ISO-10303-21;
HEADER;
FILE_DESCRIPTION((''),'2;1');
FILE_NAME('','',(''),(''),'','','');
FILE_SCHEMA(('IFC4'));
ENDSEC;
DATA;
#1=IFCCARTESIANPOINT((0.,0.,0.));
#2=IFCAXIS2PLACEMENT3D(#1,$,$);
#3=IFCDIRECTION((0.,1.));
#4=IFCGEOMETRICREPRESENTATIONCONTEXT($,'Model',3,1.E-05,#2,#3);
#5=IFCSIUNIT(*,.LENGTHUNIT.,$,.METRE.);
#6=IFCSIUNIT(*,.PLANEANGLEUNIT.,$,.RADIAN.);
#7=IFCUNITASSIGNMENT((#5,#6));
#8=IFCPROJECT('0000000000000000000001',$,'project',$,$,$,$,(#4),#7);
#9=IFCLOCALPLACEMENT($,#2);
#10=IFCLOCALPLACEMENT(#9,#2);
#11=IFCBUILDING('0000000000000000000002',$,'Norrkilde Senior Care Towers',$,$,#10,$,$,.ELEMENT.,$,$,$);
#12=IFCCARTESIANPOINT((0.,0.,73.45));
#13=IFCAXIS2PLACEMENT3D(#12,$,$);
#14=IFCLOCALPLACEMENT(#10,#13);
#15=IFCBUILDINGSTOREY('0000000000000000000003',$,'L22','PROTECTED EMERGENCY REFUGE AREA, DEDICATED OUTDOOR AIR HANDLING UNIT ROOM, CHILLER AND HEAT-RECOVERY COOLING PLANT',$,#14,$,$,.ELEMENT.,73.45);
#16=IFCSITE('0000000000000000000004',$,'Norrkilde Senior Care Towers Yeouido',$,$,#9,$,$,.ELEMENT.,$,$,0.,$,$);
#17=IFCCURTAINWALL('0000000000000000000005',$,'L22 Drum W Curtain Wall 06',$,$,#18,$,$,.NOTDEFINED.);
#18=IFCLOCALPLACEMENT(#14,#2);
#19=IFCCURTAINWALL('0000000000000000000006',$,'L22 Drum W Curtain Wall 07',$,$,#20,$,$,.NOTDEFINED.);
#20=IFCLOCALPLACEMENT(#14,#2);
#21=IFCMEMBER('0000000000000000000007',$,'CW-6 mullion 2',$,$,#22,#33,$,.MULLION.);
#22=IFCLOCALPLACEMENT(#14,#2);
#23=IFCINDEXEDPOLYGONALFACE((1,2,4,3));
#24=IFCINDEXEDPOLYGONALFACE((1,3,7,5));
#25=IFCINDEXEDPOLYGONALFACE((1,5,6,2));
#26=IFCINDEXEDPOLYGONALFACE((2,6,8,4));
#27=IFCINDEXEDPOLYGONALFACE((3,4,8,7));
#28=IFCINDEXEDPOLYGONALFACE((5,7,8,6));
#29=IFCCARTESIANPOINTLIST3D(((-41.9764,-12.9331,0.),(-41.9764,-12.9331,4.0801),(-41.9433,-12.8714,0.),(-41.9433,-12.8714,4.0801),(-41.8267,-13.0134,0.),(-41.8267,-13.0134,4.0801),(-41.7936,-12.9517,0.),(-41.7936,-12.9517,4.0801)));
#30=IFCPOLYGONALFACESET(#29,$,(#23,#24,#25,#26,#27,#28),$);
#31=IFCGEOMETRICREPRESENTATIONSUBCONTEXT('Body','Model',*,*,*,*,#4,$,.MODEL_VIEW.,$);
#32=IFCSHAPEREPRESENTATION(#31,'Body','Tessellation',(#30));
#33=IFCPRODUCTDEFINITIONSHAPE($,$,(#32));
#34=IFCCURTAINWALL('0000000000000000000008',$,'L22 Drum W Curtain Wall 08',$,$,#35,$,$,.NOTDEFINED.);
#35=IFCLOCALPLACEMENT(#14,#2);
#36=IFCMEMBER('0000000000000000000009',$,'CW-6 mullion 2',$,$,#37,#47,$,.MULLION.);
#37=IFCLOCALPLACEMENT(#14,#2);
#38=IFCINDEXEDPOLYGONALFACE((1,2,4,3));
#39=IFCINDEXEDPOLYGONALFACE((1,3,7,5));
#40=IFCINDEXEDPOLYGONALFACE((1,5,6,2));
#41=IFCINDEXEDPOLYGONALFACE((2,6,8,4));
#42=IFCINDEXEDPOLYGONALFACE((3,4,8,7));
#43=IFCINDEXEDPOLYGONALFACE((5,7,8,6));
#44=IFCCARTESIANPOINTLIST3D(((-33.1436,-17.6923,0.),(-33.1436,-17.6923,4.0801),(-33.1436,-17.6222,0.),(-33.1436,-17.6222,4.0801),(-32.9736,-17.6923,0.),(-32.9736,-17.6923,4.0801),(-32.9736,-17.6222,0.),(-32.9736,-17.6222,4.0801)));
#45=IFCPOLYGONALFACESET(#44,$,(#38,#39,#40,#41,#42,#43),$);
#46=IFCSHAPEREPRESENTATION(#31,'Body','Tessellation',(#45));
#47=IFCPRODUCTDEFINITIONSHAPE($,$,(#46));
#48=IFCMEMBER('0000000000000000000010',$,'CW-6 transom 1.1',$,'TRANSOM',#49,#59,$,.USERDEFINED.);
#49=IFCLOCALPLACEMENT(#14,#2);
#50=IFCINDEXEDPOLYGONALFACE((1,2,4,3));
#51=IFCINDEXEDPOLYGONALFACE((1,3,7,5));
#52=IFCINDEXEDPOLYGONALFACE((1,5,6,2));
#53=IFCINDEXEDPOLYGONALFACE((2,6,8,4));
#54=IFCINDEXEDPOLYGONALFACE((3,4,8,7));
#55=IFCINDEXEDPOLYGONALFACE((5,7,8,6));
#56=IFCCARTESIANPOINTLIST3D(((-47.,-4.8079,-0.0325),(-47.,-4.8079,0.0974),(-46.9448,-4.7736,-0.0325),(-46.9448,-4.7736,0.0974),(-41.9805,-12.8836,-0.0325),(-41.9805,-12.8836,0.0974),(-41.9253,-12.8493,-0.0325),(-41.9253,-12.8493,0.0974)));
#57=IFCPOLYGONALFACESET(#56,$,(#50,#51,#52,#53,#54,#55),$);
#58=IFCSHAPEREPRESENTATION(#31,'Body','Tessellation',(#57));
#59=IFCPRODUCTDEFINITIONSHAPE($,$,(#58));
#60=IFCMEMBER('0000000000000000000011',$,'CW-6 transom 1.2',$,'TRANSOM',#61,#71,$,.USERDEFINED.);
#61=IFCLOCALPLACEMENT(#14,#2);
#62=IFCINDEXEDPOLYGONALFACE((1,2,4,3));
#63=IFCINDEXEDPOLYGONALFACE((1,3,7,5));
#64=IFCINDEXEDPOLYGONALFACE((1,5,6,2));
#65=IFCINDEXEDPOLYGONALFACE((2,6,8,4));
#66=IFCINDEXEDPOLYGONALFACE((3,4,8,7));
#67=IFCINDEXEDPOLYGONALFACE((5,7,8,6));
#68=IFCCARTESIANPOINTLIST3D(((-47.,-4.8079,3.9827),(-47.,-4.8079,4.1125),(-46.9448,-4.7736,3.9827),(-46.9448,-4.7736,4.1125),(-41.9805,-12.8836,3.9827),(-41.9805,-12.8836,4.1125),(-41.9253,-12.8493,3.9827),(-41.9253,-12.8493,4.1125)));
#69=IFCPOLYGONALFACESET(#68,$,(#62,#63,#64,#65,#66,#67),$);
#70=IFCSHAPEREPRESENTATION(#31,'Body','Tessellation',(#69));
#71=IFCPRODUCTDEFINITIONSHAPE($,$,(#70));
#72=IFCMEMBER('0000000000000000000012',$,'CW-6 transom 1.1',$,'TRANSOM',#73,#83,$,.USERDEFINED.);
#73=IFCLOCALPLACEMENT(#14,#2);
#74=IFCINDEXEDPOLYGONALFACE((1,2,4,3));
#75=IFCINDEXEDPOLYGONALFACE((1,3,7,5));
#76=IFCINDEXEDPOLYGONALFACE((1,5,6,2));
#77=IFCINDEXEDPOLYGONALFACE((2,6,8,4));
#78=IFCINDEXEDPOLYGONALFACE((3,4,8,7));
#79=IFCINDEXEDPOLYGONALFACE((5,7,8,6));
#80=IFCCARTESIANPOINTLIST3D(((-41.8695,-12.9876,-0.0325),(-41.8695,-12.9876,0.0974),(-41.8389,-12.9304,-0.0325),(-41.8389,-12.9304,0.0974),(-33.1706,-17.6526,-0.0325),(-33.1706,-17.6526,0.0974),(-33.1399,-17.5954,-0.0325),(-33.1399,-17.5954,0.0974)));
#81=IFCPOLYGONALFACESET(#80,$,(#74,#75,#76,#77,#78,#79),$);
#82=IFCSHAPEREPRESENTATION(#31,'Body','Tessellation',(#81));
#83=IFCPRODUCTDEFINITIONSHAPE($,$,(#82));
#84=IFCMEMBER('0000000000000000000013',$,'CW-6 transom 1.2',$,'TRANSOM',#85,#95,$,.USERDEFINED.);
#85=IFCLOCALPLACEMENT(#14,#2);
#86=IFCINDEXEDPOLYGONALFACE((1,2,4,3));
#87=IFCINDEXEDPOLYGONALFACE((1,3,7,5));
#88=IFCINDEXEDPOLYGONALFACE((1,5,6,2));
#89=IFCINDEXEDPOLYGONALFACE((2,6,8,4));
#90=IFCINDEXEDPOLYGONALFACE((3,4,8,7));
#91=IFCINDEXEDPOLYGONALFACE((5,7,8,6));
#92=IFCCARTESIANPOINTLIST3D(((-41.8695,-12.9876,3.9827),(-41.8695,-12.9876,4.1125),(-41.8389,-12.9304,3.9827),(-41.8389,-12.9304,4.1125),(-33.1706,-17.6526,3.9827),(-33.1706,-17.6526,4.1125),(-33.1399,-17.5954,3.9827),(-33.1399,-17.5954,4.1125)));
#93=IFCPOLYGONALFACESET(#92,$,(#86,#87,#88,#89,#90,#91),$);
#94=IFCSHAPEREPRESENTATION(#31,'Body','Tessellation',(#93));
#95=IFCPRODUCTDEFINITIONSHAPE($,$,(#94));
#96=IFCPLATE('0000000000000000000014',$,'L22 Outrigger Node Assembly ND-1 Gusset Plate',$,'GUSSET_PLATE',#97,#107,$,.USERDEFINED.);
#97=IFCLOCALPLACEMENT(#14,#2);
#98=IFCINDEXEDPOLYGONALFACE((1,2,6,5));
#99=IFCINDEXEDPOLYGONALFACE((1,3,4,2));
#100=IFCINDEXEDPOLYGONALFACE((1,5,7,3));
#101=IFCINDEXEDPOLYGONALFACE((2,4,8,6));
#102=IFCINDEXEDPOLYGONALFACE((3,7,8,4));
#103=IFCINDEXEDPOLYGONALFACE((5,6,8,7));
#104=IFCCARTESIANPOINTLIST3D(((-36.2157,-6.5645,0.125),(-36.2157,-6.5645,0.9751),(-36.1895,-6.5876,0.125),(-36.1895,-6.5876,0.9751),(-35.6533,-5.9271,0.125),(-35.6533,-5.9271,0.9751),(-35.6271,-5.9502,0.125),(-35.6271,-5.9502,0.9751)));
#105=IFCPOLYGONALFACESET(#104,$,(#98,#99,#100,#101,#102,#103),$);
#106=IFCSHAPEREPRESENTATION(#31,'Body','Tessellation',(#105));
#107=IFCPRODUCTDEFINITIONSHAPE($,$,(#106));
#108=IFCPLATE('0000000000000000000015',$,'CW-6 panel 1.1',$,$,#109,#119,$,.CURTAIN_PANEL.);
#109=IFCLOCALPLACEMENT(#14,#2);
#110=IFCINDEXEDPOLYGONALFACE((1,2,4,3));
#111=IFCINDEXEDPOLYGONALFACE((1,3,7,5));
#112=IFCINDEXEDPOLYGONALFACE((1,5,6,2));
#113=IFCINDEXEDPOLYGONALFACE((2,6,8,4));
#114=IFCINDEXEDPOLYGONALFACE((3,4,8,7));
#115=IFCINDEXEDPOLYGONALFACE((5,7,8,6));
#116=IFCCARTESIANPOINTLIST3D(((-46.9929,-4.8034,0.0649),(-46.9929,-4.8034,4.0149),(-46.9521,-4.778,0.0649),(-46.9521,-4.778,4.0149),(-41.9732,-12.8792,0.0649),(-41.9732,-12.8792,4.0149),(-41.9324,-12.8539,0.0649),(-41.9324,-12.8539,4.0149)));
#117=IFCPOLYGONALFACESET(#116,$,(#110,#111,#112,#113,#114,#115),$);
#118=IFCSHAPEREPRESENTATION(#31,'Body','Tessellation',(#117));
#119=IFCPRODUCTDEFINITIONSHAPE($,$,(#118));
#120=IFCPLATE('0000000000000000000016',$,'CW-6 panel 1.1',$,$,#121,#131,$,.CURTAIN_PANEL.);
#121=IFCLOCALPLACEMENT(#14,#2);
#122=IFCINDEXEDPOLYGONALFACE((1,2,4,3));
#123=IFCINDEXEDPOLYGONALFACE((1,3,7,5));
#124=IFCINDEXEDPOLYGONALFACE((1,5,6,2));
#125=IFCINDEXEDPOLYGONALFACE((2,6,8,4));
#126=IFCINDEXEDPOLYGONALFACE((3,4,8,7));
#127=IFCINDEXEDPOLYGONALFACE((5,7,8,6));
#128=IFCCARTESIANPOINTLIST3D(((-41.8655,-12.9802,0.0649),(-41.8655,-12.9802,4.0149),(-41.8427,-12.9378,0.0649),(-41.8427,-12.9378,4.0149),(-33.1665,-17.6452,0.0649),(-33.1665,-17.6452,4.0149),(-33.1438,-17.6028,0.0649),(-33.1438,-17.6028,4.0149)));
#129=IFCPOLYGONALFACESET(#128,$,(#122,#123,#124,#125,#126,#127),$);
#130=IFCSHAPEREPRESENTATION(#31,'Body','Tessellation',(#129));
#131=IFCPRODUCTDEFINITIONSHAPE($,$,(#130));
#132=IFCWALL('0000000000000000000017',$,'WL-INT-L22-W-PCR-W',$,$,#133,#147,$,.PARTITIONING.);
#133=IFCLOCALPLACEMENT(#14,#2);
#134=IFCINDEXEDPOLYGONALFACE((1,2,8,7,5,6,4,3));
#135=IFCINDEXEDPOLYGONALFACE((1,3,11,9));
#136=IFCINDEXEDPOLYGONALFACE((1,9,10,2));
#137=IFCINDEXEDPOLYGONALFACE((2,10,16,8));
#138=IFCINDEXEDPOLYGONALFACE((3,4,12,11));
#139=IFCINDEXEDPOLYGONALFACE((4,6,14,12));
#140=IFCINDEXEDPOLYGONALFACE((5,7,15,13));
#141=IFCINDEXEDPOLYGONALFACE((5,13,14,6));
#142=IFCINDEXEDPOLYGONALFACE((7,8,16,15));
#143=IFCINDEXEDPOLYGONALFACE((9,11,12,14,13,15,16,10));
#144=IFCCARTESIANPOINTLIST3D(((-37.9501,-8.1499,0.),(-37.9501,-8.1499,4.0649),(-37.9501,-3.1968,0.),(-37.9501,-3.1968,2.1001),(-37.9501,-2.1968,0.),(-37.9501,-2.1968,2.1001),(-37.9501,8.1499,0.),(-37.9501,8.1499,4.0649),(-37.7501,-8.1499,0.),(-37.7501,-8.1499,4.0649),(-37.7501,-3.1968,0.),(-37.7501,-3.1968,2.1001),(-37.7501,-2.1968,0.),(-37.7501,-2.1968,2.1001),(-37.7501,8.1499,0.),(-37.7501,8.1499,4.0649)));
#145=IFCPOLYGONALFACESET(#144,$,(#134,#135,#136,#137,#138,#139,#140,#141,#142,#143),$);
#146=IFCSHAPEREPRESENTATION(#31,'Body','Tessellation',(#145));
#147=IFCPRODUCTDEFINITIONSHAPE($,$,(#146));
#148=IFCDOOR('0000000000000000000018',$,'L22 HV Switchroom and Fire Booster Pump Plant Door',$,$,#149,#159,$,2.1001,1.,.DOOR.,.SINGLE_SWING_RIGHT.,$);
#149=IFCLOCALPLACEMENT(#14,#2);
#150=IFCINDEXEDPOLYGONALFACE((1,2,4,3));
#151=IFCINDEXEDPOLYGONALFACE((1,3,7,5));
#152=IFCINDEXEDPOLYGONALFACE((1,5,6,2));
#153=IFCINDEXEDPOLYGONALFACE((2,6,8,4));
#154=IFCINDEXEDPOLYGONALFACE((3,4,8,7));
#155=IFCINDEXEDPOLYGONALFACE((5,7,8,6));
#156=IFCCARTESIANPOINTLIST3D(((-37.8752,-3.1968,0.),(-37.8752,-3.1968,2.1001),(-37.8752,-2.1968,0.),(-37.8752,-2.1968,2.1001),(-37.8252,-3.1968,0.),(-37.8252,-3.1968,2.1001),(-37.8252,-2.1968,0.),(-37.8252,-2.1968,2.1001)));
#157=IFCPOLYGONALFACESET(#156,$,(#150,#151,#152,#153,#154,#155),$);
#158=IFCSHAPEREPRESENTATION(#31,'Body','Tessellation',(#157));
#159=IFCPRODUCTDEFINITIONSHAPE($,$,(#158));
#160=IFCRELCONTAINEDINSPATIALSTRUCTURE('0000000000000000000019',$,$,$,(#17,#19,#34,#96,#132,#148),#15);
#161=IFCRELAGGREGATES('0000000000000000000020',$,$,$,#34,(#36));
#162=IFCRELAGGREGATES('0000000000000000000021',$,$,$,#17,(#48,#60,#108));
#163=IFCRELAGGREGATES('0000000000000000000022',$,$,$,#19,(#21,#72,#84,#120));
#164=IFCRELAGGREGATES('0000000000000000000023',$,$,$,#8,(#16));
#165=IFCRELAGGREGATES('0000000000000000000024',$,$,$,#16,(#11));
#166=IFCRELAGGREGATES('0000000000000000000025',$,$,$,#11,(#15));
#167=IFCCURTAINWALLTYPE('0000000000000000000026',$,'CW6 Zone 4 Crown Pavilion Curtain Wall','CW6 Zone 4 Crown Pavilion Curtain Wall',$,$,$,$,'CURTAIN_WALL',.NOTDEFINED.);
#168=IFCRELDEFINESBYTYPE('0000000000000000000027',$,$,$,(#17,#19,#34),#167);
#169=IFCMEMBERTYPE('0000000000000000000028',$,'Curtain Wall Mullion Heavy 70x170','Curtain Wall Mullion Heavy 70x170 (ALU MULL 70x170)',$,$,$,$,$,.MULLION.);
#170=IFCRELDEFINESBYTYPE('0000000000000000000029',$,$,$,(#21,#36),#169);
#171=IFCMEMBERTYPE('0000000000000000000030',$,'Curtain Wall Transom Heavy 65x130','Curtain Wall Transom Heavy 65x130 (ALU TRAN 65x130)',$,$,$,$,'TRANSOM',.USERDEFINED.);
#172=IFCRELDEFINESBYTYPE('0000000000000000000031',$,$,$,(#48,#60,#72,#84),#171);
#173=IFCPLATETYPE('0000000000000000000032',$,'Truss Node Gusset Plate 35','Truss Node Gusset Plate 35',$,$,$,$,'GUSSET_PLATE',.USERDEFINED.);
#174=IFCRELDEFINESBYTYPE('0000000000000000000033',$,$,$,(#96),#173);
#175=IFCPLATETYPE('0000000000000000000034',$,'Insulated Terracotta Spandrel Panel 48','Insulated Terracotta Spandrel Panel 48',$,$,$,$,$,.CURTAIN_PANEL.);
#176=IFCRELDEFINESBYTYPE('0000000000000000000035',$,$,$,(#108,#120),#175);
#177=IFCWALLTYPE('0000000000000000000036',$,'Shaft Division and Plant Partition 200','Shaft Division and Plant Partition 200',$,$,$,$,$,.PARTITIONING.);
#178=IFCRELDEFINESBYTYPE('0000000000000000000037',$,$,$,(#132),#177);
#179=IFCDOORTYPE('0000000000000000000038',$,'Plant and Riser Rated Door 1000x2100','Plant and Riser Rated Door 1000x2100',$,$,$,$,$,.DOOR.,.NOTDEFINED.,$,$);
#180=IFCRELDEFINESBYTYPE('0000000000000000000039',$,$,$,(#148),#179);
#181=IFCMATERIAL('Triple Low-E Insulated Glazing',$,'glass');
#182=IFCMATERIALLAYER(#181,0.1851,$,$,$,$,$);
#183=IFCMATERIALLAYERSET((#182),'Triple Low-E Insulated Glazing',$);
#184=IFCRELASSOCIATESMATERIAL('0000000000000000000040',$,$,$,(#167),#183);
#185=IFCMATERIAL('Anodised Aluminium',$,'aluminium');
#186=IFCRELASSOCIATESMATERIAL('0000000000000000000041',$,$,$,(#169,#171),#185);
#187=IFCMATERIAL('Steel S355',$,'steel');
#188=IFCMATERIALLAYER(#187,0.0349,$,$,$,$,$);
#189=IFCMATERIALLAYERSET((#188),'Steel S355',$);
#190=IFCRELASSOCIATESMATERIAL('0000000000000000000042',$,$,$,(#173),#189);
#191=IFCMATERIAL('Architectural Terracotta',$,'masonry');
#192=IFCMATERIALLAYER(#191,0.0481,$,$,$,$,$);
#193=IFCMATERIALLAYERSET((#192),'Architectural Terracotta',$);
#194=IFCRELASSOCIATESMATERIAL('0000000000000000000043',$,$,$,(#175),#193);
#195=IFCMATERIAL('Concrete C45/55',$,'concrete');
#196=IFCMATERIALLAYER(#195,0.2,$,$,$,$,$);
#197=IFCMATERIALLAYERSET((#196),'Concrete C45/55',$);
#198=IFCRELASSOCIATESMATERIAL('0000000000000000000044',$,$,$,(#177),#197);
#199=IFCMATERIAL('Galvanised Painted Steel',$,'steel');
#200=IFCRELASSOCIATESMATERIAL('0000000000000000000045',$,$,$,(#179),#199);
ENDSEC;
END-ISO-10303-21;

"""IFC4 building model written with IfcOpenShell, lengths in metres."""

from ifc_helpers import new_model, si_unit, direction, frame, frame_2d, origin, origin_2d, place, context, subcontext, project, spatial, rectangle, extrude, source, transform, mapped, material, layer, layer_set, material_profile, profile_set, type_object, type_shapes, element, fill, aggregate, save


model = new_model("IFC4")

# Units and contexts
model_context = context("Model", 3, precision=1e-05, world=origin(), true_north=direction((0.0, 1.0)))
body_context = subcontext(model_context, "Body", "Model", "MODEL_VIEW")
ifc_project = project(units=[si_unit("LENGTHUNIT", "METRE"), si_unit("PLANEANGLEUNIT", "RADIAN")], contexts=[model_context])

# Site, building, storey
site_placement = place(None, origin())
site = spatial("IfcSite", under=ifc_project, at=site_placement, Name="Norrkilde Senior Care Towers Yeouido", CompositionType="ELEMENT", RefElevation=0.0)
building_placement = place(site_placement, origin())
building = spatial("IfcBuilding", under=site, at=building_placement, Name="Norrkilde Senior Care Towers", CompositionType="ELEMENT")
storey_placement = place(building_placement, frame((0.0, 0.0, 73.45)))
storey = spatial("IfcBuildingStorey", under=building, at=storey_placement, Name="L22", Description="PROTECTED EMERGENCY REFUGE AREA, DEDICATED OUTDOOR AIR HANDLING UNIT ROOM, CHILLER AND HEAT-RECOVERY COOLING PLANT", CompositionType="ELEMENT", Elevation=73.45)

# Shared definitions
ifc_material_1 = material(Name="Steel S355", Category="steel")

# Curtain wall
ifc_material_2 = material(Name="Triple Low-E Insulated Glazing", Category="glass")
ifc_layer_1 = layer(ifc_material_2, 0.1851)
ifc_layer_set_1 = layer_set([ifc_layer_1], Name="Triple Low-E Insulated Glazing")
curtain_wall_type = type_object("IfcCurtainWallType", Name="CW6 Zone 4 Crown Pavilion Curtain Wall", Description="CW6 Zone 4 Crown Pavilion Curtain Wall", ElementType="CURTAIN_WALL", PredefinedType="NOTDEFINED", material=ifc_layer_set_1)
curtain_wall_1_placement = place(storey_placement, origin())
curtain_wall_1 = element("IfcCurtainWall", 1, at=curtain_wall_1_placement, inside=storey, type_object=curtain_wall_type, Name="L22 Drum W Curtain Wall 06", PredefinedType="NOTDEFINED")
ifc_material_3 = material(Name="Anodised Aluminium", Category="aluminium")
ifc_material_profile_1 = material_profile(ifc_material_3, rectangle(XDim=0.0701, YDim=0.1699, at=origin_2d()), Name="ALU MULL 70x170")
ifc_profile_set_1 = profile_set([ifc_material_profile_1], Name="Anodised Aluminium")
member_type_1 = type_object("IfcMemberType", Name="Curtain Wall Mullion Heavy 70x170", Description="Curtain Wall Mullion Heavy 70x170 (ALU MULL 70x170)", PredefinedType="MULLION", material=ifc_profile_set_1)
shared_shape_1 = source(origin(), body_context, "Body", "SweptSolid", [
    extrude(rectangle(XDim=0.0701, YDim=0.1699, at=origin_2d()), origin(), (0.0, 0.0, 1.0), 4.0801),
])
type_shapes(member_type_1, [shared_shape_1])

# Curtain wall, member
curtain_wall_2_placement = place(storey_placement, origin())
curtain_wall_2 = element("IfcCurtainWall", 2, at=curtain_wall_2_placement, inside=storey, type_object=curtain_wall_type, Name="L22 Drum W Curtain Wall 07", PredefinedType="NOTDEFINED")
member_1_placement = place(storey_placement, frame((-41.885, -12.9424, 0.0), z_axis=(0.0, 0.0, 1.0), x_axis=(-0.472608, -0.881273, 0.0)))
member_1 = element("IfcMember", 3, at=member_1_placement, type_object=member_type_1, Name="CW-6 mullion 2", PredefinedType="MULLION", context=body_context, shape_type="MappedRepresentation", body=[
    mapped(shared_shape_1, transform((0.0, 0.0, 0.0), x_axis=(1.0, 0.0, 0.0), y_axis=(0.0, 1.0, 0.0), z_axis=(0.0, 0.0, 1.0), scale=1.0)),
])

# Curtain wall, member
curtain_wall_3_placement = place(storey_placement, origin())
curtain_wall_3 = element("IfcCurtainWall", 4, at=curtain_wall_3_placement, inside=storey, type_object=curtain_wall_type, Name="L22 Drum W Curtain Wall 08", PredefinedType="NOTDEFINED")
member_2_placement = place(storey_placement, frame((-33.0586, -17.6572, 0.0), z_axis=(0.0, 0.0, 1.0), x_axis=(0.0, -1.0, 0.0)))
member_2 = element("IfcMember", 5, at=member_2_placement, type_object=member_type_1, Name="CW-6 mullion 2", PredefinedType="MULLION", context=body_context, shape_type="MappedRepresentation", body=[
    mapped(shared_shape_1, transform((0.0, 0.0, 0.0), x_axis=(1.0, 0.0, 0.0), y_axis=(0.0, 1.0, 0.0), z_axis=(0.0, 0.0, 1.0), scale=1.0)),
])
aggregate(curtain_wall_3, [member_2])

# Members
ifc_material_profile_2 = material_profile(ifc_material_3, rectangle(XDim=0.0649, YDim=0.1299, at=origin_2d()), Name="ALU TRAN 65x130")
ifc_profile_set_2 = profile_set([ifc_material_profile_2], Name="Anodised Aluminium")
member_type_2 = type_object("IfcMemberType", Name="Curtain Wall Transom Heavy 65x130", Description="Curtain Wall Transom Heavy 65x130 (ALU TRAN 65x130)", ElementType="TRANSOM", PredefinedType="USERDEFINED", material=ifc_profile_set_2)
shared_shape_2 = source(origin(), body_context, "Body", "SweptSolid", [
    extrude(rectangle(XDim=0.0649, YDim=0.1299, at=origin_2d()), origin(), (0.0, 0.0, 1.0), 9.5085),
])
member_3_placement = place(storey_placement, frame((-41.9529, -12.8665, 0.0325), z_axis=(-0.527897, 0.849308, 0.0), x_axis=(-0.849308, -0.527897, 0.0)))
member_3 = element("IfcMember", 6, at=member_3_placement, type_object=member_type_2, Name="CW-6 transom 1.1", ObjectType="TRANSOM", PredefinedType="USERDEFINED", context=body_context, shape_type="MappedRepresentation", body=[
    mapped(shared_shape_2, transform((0.0, 0.0, 0.0), x_axis=(1.0, 0.0, 0.0), y_axis=(0.0, 1.0, 0.0), z_axis=(0.0, 0.0, 1.0), scale=1.0)),
])
member_4_placement = place(storey_placement, frame((-41.9529, -12.8665, 4.0476), z_axis=(-0.527897, 0.849308, 0.0), x_axis=(-0.849308, -0.527897, 0.0)))
member_4 = element("IfcMember", 7, at=member_4_placement, type_object=member_type_2, Name="CW-6 transom 1.2", ObjectType="TRANSOM", PredefinedType="USERDEFINED", context=body_context, shape_type="MappedRepresentation", body=[
    mapped(shared_shape_2, transform((0.0, 0.0, 0.0), x_axis=(1.0, 0.0, 0.0), y_axis=(0.0, 1.0, 0.0), z_axis=(0.0, 0.0, 1.0), scale=1.0)),
])
shared_shape_3 = source(origin(), body_context, "Body", "SweptSolid", [
    extrude(rectangle(XDim=0.0649, YDim=0.1299, at=origin_2d()), origin(), (0.0, 0.0, 1.0), 9.8708),
])
type_shapes(member_type_2, [shared_shape_2, shared_shape_3])
member_5_placement = place(storey_placement, frame((-33.1553, -17.624, 0.0325), z_axis=(-0.881274, 0.472605, 0.0), x_axis=(-0.472605, -0.881274, 0.0)))
member_5 = element("IfcMember", 8, at=member_5_placement, type_object=member_type_2, Name="CW-6 transom 1.1", ObjectType="TRANSOM", PredefinedType="USERDEFINED", context=body_context, shape_type="MappedRepresentation", body=[
    mapped(shared_shape_3, transform((0.0, 0.0, 0.0), x_axis=(1.0, 0.0, 0.0), y_axis=(0.0, 1.0, 0.0), z_axis=(0.0, 0.0, 1.0), scale=1.0)),
])
member_6_placement = place(storey_placement, frame((-33.1553, -17.624, 4.0476), z_axis=(-0.881274, 0.472605, 0.0), x_axis=(-0.472605, -0.881274, 0.0)))
member_6 = element("IfcMember", 9, at=member_6_placement, type_object=member_type_2, Name="CW-6 transom 1.2", ObjectType="TRANSOM", PredefinedType="USERDEFINED", context=body_context, shape_type="MappedRepresentation", body=[
    mapped(shared_shape_3, transform((0.0, 0.0, 0.0), x_axis=(1.0, 0.0, 0.0), y_axis=(0.0, 1.0, 0.0), z_axis=(0.0, 0.0, 1.0), scale=1.0)),
])

# Plates
ifc_layer_2 = layer(ifc_material_1, 0.0349)
ifc_layer_set_2 = layer_set([ifc_layer_2], Name="Steel S355")
plate_type_1 = type_object("IfcPlateType", Name="Truss Node Gusset Plate 35", Description="Truss Node Gusset Plate 35", ElementType="GUSSET_PLATE", PredefinedType="USERDEFINED", material=ifc_layer_set_2)
shared_shape_4 = source(origin(), body_context, "Body", "SweptSolid", [
    extrude(rectangle(XDim=0.8501, YDim=0.0349, at=origin_2d()), origin(), (0.0, 0.0, 1.0), 0.8501),
])
type_shapes(plate_type_1, [shared_shape_4])
plate_1_placement = place(storey_placement, frame((-35.9214, -6.2573, 0.125), z_axis=(0.0, 0.0, 1.0), x_axis=(-0.661622, -0.749838, 0.0)))
element("IfcPlate", 10, at=plate_1_placement, inside=storey, type_object=plate_type_1, Name="L22 Outrigger Node Assembly ND-1 Gusset Plate", ObjectType="GUSSET_PLATE", PredefinedType="USERDEFINED", context=body_context, shape_type="MappedRepresentation", body=[
    mapped(shared_shape_4, transform((0.0, 0.0, 0.0), x_axis=(1.0, 0.0, 0.0), y_axis=(0.0, 1.0, 0.0), z_axis=(0.0, 0.0, 1.0), scale=1.0)),
])
ifc_material_4 = material(Name="Architectural Terracotta", Category="masonry")
ifc_layer_3 = layer(ifc_material_4, 0.0481)
ifc_layer_set_3 = layer_set([ifc_layer_3], Name="Architectural Terracotta")
plate_type_2 = type_object("IfcPlateType", Name="Insulated Terracotta Spandrel Panel 48", Description="Insulated Terracotta Spandrel Panel 48", PredefinedType="CURTAIN_PANEL", material=ifc_layer_set_3)
shared_shape_5 = source(origin(), body_context, "Body", "SweptSolid", [
    extrude(rectangle(XDim=9.5088, YDim=0.0481, at=origin_2d()), origin(), (0.0, 0.0, 1.0), 3.95),
])
plate_2_placement = place(storey_placement, frame((-44.4626, -8.8286, 0.0649), z_axis=(0.0, 0.0, 1.0), x_axis=(-0.527901, 0.849306, 0.0)))
plate_2 = element("IfcPlate", 11, at=plate_2_placement, type_object=plate_type_2, Name="CW-6 panel 1.1", PredefinedType="CURTAIN_PANEL", context=body_context, shape_type="MappedRepresentation", body=[
    mapped(shared_shape_5, transform((0.0, 0.0, 0.0), x_axis=(1.0, 0.0, 0.0), y_axis=(0.0, 1.0, 0.0), z_axis=(0.0, 0.0, 1.0), scale=1.0)),
])
aggregate(curtain_wall_1, [member_3, member_4, plate_2])
shared_shape_6 = source(origin(), body_context, "Body", "SweptSolid", [
    extrude(rectangle(XDim=9.8708, YDim=0.0481, at=origin_2d()), origin(), (0.0, 0.0, 1.0), 3.95),
])
type_shapes(plate_type_2, [shared_shape_5, shared_shape_6])
plate_3_placement = place(storey_placement, frame((-37.5046, -15.2915, 0.0649), z_axis=(0.0, 0.0, 1.0), x_axis=(-0.881273, 0.472608, 0.0)))
plate_3 = element("IfcPlate", 12, at=plate_3_placement, type_object=plate_type_2, Name="CW-6 panel 1.1", PredefinedType="CURTAIN_PANEL", context=body_context, shape_type="MappedRepresentation", body=[
    mapped(shared_shape_6, transform((0.0, 0.0, 0.0), x_axis=(1.0, 0.0, 0.0), y_axis=(0.0, 1.0, 0.0), z_axis=(0.0, 0.0, 1.0), scale=1.0)),
])
aggregate(curtain_wall_2, [member_1, member_5, member_6, plate_3])

# Wall, opening, door
ifc_material_5 = material(Name="Concrete C45/55", Category="concrete")
ifc_layer_4 = layer(ifc_material_5, 0.2)
ifc_layer_set_4 = layer_set([ifc_layer_4], Name="Concrete C45/55")
wall_type = type_object("IfcWallType", Name="Shaft Division and Plant Partition 200", Description="Shaft Division and Plant Partition 200", PredefinedType="PARTITIONING", material=ifc_layer_set_4)
shared_shape_7 = source(origin(), body_context, "Body", "SweptSolid", [
    extrude(rectangle(XDim=16.2998, YDim=0.2, at=frame_2d((8.1499, 0.0))), origin(), (0.0, 0.0, 1.0), 4.0649),
])
wall_1_placement = place(storey_placement, frame((-37.8501, -8.1499, 0.0), z_axis=(0.0, 0.0, 1.0), x_axis=(0.0, 1.0, 0.0)))
wall_1 = element("IfcWall", 13, at=wall_1_placement, inside=storey, type_object=wall_type, Name="WL-INT-L22-W-PCR-W", PredefinedType="PARTITIONING", context=body_context, shape_type="MappedRepresentation", body=[
    mapped(shared_shape_7, transform((0.0, 0.0, 0.0), x_axis=(1.0, 0.0, 0.0), y_axis=(0.0, 1.0, 0.0), z_axis=(0.0, 0.0, 1.0), scale=1.0)),
])
opening_placement = place(wall_1_placement, frame((4.9531, 0.0, 0.0)))
opening = element("IfcOpeningElement", 14, at=opening_placement, cuts=wall_1, PredefinedType="OPENING", context=body_context, shape_type="SweptSolid", body=[
    extrude(rectangle(XDim=1.0, YDim=2.1001, at=frame_2d((0.5, 1.05))), frame((0.0, 0.1099, 0.0), z_axis=(0.0, -1.0, 0.0), x_axis=(1.0, 0.0, 0.0)), (0.0, 0.0, 1.0), 0.22),
])
ifc_material_6 = material(Name="Galvanised Painted Steel", Category="steel")
door_type = type_object("IfcDoorType", Name="Plant and Riser Rated Door 1000x2100", Description="Plant and Riser Rated Door 1000x2100", OperationType="NOTDEFINED", PredefinedType="DOOR", material=ifc_material_6)
shared_shape_8 = source(origin(), body_context, "Body", "SweptSolid", [
    extrude(rectangle(XDim=1.0, YDim=2.1001, at=frame_2d((0.5, 1.05))), frame((0.0, 0.0249, 0.0), z_axis=(0.0, -1.0, 0.0), x_axis=(1.0, 0.0, 0.0)), (0.0, 0.0, 1.0), 0.05),
])
type_shapes(door_type, [shared_shape_8])
door_placement = place(opening_placement, frame((1.0, 0.0, 0.0), z_axis=(0.0, 0.0, 1.0), x_axis=(-1.0, 0.0, 0.0)))
door = element("IfcDoor", 15, at=door_placement, inside=storey, type_object=door_type, Name="L22 HV Switchroom and Fire Booster Pump Plant Door", OperationType="SINGLE_SWING_RIGHT", OverallHeight=2.1001, OverallWidth=1.0, PredefinedType="DOOR", context=body_context, shape_type="MappedRepresentation", body=[
    mapped(shared_shape_8, transform((0.0, 0.0, 0.0), x_axis=(1.0, 0.0, 0.0), y_axis=(0.0, 1.0, 0.0), z_axis=(0.0, 0.0, 1.0), scale=1.0)),
])
fill(opening, door)

save(model, "model.ifc")
